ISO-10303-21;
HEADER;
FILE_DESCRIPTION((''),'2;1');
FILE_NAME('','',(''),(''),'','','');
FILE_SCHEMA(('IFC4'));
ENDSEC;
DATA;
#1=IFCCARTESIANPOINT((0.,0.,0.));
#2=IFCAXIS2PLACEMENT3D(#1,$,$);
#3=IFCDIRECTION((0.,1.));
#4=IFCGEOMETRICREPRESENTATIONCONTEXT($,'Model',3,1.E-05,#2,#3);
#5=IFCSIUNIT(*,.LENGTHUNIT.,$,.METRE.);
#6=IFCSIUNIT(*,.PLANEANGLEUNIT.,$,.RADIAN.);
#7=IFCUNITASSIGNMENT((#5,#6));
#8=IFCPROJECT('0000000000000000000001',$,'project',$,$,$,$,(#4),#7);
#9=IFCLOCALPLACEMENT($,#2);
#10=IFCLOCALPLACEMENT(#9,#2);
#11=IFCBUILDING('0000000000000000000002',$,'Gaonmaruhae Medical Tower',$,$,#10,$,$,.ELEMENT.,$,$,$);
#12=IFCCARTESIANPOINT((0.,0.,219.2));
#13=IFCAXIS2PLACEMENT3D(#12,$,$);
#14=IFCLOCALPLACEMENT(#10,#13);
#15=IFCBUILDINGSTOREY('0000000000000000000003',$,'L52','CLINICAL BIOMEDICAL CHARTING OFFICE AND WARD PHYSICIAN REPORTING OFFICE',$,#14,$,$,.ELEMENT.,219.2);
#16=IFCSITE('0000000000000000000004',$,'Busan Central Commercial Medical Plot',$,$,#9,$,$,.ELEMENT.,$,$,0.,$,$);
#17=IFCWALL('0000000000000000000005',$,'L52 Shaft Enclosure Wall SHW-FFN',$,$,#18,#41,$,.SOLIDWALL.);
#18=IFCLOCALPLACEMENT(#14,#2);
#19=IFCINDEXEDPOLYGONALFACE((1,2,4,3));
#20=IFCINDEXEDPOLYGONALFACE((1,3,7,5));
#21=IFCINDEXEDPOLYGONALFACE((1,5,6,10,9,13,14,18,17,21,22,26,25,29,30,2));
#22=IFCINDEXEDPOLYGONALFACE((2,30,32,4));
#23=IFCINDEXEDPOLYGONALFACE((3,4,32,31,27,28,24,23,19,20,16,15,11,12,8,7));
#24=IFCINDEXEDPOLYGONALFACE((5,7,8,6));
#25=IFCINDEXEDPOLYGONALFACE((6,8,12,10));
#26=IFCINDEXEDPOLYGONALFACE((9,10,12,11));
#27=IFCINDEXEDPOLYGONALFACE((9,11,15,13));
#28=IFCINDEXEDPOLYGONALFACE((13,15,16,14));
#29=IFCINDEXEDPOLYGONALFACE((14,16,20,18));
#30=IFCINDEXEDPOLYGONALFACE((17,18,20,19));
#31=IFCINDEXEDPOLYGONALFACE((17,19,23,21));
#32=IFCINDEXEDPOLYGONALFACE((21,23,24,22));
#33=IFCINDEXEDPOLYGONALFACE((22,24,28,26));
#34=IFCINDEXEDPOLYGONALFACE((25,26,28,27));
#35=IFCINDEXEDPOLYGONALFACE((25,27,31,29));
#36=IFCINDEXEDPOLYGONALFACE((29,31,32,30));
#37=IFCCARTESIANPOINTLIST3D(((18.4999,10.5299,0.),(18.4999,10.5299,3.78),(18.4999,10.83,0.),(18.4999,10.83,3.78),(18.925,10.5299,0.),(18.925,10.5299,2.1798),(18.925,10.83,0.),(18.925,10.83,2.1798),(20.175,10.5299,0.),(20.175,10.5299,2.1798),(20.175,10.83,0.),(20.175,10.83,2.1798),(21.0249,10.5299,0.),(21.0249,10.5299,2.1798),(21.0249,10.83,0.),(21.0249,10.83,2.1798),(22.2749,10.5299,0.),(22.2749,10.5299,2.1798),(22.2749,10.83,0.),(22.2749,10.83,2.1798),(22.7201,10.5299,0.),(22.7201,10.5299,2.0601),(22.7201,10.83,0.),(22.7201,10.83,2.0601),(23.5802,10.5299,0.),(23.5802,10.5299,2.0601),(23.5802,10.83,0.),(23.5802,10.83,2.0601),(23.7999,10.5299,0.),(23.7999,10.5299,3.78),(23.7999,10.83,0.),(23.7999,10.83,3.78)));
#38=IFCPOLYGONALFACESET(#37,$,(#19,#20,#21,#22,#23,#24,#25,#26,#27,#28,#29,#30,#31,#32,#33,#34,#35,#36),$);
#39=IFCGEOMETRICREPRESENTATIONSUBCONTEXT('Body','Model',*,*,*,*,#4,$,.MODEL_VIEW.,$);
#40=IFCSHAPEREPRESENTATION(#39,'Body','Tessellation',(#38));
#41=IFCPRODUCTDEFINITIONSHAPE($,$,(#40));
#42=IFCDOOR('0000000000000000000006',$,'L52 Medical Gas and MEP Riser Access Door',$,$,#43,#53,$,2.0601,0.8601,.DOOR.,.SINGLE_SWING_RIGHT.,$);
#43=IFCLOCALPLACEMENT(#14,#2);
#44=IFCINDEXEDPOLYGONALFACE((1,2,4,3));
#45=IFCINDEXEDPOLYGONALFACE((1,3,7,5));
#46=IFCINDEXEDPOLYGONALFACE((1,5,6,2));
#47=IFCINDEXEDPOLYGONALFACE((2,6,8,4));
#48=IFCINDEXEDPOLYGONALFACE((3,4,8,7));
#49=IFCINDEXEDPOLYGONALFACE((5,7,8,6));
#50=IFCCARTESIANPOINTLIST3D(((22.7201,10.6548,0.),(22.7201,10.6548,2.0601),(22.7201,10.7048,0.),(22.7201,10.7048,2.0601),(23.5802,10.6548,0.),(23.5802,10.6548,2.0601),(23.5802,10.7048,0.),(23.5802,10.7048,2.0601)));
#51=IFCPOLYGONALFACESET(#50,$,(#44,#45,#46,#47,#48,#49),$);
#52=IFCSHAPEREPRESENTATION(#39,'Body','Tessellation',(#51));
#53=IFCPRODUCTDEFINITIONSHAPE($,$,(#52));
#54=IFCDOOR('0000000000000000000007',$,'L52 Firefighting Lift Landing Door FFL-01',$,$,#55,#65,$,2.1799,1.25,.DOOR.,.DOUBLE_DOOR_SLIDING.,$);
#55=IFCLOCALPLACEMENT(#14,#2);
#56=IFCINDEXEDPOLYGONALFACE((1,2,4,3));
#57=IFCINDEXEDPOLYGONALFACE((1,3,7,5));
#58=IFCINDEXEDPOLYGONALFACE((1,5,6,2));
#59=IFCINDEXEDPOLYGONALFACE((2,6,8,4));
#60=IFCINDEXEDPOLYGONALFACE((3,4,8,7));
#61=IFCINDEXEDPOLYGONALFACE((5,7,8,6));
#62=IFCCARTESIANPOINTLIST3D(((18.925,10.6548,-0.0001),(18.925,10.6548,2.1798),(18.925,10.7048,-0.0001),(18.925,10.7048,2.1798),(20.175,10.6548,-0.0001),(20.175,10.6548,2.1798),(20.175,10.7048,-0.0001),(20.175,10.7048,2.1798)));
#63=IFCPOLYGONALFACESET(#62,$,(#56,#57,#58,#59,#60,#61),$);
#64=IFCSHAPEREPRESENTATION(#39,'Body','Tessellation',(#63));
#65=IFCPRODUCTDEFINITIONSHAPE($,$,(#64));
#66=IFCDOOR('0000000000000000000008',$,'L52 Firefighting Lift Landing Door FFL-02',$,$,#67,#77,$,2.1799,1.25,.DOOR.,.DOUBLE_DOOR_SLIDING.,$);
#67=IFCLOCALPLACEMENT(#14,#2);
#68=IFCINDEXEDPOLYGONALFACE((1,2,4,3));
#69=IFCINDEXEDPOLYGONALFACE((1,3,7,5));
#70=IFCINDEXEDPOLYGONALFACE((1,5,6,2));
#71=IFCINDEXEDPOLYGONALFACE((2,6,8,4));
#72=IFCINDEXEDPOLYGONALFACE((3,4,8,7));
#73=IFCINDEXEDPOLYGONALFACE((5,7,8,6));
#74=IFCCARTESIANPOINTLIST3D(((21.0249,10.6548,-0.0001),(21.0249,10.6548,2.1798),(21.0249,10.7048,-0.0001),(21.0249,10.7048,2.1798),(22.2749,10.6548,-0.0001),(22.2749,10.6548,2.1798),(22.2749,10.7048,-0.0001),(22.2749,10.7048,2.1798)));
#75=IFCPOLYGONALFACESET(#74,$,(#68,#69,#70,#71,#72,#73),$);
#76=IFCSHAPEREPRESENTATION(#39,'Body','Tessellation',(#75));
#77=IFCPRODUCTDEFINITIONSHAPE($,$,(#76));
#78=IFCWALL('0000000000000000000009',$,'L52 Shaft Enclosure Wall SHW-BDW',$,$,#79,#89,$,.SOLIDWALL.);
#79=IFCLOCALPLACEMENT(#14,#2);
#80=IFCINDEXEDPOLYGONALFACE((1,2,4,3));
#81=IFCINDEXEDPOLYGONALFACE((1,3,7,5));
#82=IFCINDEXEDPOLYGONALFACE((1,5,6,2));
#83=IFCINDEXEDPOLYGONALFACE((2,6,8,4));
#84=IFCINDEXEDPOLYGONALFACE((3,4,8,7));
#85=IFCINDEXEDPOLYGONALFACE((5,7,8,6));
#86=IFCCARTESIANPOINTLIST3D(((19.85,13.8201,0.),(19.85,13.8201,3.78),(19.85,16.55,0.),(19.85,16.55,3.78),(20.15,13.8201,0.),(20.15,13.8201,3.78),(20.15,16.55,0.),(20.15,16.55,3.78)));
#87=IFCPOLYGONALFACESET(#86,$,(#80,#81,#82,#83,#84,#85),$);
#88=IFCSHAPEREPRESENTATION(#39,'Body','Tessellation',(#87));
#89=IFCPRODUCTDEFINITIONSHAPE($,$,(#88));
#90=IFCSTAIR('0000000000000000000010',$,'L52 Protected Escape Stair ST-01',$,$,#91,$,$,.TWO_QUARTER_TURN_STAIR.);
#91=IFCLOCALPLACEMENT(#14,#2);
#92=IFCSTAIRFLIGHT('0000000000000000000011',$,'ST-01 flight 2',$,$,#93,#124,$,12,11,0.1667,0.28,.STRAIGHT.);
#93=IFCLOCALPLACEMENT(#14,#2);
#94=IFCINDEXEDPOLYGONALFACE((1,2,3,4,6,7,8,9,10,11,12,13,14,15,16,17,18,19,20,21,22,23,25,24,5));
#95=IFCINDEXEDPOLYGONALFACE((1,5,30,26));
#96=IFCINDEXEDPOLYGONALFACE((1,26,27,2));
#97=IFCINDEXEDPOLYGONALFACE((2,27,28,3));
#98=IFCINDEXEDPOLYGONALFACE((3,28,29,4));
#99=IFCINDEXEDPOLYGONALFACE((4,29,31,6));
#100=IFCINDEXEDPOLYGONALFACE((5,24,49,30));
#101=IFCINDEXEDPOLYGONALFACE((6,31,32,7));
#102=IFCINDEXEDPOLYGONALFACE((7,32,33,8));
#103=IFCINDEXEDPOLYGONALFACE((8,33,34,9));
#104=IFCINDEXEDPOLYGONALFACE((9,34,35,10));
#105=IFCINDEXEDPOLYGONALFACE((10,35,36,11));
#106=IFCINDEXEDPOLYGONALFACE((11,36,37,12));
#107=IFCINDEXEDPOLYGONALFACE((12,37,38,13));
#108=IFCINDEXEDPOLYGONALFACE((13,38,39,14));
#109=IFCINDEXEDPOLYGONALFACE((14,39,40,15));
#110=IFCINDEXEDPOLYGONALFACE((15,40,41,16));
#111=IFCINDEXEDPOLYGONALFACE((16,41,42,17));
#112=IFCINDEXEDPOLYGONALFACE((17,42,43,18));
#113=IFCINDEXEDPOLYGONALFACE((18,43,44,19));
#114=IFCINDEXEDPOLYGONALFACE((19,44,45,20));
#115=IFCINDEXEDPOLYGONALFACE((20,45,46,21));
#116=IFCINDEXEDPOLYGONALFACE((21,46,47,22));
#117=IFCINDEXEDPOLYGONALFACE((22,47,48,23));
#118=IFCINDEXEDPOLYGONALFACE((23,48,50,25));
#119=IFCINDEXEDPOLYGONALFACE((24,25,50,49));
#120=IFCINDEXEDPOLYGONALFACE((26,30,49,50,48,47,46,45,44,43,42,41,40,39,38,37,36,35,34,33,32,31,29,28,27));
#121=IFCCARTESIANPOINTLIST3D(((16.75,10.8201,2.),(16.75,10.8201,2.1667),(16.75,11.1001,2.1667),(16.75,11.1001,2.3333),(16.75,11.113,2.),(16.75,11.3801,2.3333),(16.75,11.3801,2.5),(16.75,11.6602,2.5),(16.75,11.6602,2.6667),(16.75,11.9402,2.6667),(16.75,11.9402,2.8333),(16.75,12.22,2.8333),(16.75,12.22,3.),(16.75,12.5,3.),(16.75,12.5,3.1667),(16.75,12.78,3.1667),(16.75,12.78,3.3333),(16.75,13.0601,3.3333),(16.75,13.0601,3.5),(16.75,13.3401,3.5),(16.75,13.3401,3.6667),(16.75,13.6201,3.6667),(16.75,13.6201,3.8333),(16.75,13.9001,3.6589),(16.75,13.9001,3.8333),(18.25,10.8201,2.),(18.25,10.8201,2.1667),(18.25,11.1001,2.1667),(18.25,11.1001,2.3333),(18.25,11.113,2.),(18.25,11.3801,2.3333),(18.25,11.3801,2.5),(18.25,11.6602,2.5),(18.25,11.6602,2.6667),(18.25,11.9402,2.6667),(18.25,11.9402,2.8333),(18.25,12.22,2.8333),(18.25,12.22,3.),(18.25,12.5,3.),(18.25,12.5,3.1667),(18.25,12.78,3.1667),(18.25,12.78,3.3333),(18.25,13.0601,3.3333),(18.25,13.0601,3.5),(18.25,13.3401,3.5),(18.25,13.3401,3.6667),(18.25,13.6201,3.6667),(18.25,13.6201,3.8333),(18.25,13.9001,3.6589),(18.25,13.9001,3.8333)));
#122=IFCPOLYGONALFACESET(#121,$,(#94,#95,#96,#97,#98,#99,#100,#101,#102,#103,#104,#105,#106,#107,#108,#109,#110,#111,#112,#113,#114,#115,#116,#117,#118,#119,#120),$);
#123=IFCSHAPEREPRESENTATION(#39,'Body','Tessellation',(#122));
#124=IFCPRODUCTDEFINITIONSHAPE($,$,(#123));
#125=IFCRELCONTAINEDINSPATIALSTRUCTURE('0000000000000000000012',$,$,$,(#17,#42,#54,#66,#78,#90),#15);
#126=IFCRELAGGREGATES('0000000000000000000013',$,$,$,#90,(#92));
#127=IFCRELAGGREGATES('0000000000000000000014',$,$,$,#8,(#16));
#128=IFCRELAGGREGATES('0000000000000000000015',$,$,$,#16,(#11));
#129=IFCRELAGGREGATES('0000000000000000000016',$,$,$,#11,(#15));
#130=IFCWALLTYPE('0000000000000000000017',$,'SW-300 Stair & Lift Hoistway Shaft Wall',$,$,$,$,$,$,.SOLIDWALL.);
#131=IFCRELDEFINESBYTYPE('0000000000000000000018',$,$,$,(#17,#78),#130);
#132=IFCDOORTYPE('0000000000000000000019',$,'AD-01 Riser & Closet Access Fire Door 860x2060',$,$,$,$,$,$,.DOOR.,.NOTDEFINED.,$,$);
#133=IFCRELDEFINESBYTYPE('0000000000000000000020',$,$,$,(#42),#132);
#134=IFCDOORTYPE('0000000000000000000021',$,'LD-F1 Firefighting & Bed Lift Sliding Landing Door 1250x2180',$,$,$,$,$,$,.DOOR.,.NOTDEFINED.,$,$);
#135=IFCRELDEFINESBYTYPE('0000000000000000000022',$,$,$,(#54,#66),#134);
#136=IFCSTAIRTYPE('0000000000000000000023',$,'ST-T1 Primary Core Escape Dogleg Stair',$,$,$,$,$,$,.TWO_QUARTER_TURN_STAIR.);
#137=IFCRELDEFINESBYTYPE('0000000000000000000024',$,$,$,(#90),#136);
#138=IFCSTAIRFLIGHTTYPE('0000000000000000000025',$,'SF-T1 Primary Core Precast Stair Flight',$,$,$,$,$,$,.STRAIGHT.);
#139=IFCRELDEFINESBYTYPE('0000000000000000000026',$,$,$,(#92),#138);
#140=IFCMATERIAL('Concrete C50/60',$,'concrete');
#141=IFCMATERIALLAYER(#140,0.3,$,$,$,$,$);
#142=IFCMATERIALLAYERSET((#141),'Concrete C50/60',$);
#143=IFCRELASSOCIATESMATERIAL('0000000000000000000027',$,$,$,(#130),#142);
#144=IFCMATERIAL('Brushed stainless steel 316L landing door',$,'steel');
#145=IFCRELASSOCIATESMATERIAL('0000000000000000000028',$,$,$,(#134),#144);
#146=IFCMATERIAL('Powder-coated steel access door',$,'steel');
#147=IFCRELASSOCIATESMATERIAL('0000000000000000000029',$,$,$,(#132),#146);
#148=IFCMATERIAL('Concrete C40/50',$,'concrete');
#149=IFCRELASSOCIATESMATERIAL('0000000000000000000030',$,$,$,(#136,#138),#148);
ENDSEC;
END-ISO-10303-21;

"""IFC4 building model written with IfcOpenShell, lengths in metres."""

from ifc_helpers import new_model, si_unit, direction, frame, frame_2d, origin, place, context, subcontext, project, spatial, polyline, rectangle, outline, extrude, material, layer, layer_set, type_object, element, fill, aggregate, save


model = new_model("IFC4")

# Units and contexts
model_context = context("Model", 3, precision=1e-05, world=origin(), true_north=direction((0.0, 1.0)))
body_context = subcontext(model_context, "Body", "Model", "MODEL_VIEW")
ifc_project = project(units=[si_unit("LENGTHUNIT", "METRE"), si_unit("PLANEANGLEUNIT", "RADIAN")], contexts=[model_context])

# Site, building, storey
site_placement = place(None, origin())
site = spatial("IfcSite", under=ifc_project, at=site_placement, Name="Busan Central Commercial Medical Plot", CompositionType="ELEMENT", RefElevation=0.0)
building_placement = place(site_placement, origin())
building = spatial("IfcBuilding", under=site, at=building_placement, Name="Gaonmaruhae Medical Tower", CompositionType="ELEMENT")
storey_placement = place(building_placement, frame((0.0, 0.0, 219.2)))
storey = spatial("IfcBuildingStorey", under=building, at=storey_placement, Name="L52", Description="CLINICAL BIOMEDICAL CHARTING OFFICE AND WARD PHYSICIAN REPORTING OFFICE", CompositionType="ELEMENT", Elevation=219.2)

# Shared definitions
ifc_material_1 = material(Name="Concrete C50/60", Category="concrete")

# Wall, openings, doors
ifc_layer_1 = layer(ifc_material_1, 0.3)
ifc_layer_set_1 = layer_set([ifc_layer_1], Name="Concrete C50/60")
wall_type_1 = type_object("IfcWallType", Name="SW-300 Stair & Lift Hoistway Shaft Wall", PredefinedType="SOLIDWALL", material=ifc_layer_set_1)
ifc_material_2 = material(Name="Brushed stainless steel 316L landing door", Category="steel")
door_type_1 = type_object("IfcDoorType", Name="LD-F1 Firefighting & Bed Lift Sliding Landing Door 1250x2180", OperationType="NOTDEFINED", PredefinedType="DOOR", material=ifc_material_2)
wall_1_placement = place(storey_placement, frame((18.5, 10.6799, 0.0), z_axis=(0.0, 0.0, 1.0), x_axis=(1.0, 0.0, 0.0)))
wall_1 = element("IfcWall", 1, at=wall_1_placement, inside=storey, type_object=wall_type_1, Name="L52 Shaft Enclosure Wall SHW-FFN", PredefinedType="SOLIDWALL", context=body_context, shape_type="SweptSolid", body=[
    extrude(rectangle(XDim=5.3, YDim=0.3, at=frame_2d((2.6499, 0.0))), origin(), (0.0, 0.0, 1.0), 3.78),
])
opening_1_placement = place(wall_1_placement, frame((4.22, 0.0, 0.0)))
opening_1 = element("IfcOpeningElement", 2, at=opening_1_placement, cuts=wall_1, PredefinedType="OPENING", context=body_context, shape_type="SweptSolid", body=[
    extrude(rectangle(XDim=0.8601, YDim=2.0601, at=frame_2d((0.4302, 1.03))), frame((0.0, 0.1602, 0.0), z_axis=(0.0, -1.0, 0.0), x_axis=(1.0, 0.0, 0.0)), (0.0, 0.0, 1.0), 0.3201),
])
opening_2_placement = place(wall_1_placement, frame((0.425, 0.0, 0.0)))
opening_2 = element("IfcOpeningElement", 3, at=opening_2_placement, cuts=wall_1, PredefinedType="OPENING", context=body_context, shape_type="SweptSolid", body=[
    extrude(rectangle(XDim=1.25, YDim=2.1799, at=frame_2d((0.625, 1.0898))), frame((0.0, 0.1602, 0.0), z_axis=(0.0, -1.0, 0.0), x_axis=(1.0, 0.0, 0.0)), (0.0, 0.0, 1.0), 0.3201),
])
opening_3_placement = place(wall_1_placement, frame((2.5249, 0.0, 0.0)))
opening_3 = element("IfcOpeningElement", 4, at=opening_3_placement, cuts=wall_1, PredefinedType="OPENING", context=body_context, shape_type="SweptSolid", body=[
    extrude(rectangle(XDim=1.25, YDim=2.1799, at=frame_2d((0.625, 1.0898))), frame((0.0, 0.1602, 0.0), z_axis=(0.0, -1.0, 0.0), x_axis=(1.0, 0.0, 0.0)), (0.0, 0.0, 1.0), 0.3201),
])
ifc_material_3 = material(Name="Powder-coated steel access door", Category="steel")
door_type_2 = type_object("IfcDoorType", Name="AD-01 Riser & Closet Access Fire Door 860x2060", OperationType="NOTDEFINED", PredefinedType="DOOR", material=ifc_material_3)
door_1_placement = place(opening_1_placement, origin())
door_1 = element("IfcDoor", 5, at=door_1_placement, inside=storey, type_object=door_type_2, Name="L52 Medical Gas and MEP Riser Access Door", OperationType="SINGLE_SWING_RIGHT", OverallHeight=2.0601, OverallWidth=0.8601, PredefinedType="DOOR", context=body_context, shape_type="SweptSolid", body=[
    extrude(rectangle(XDim=0.8601, YDim=2.0601, at=frame_2d((0.4302, 1.03))), frame((0.0, 0.0249, 0.0), z_axis=(0.0, -1.0, 0.0), x_axis=(1.0, 0.0, 0.0)), (0.0, 0.0, 1.0), 0.05),
])
fill(opening_1, door_1)
door_2_placement = place(opening_2_placement, origin())
door_2 = element("IfcDoor", 6, at=door_2_placement, inside=storey, type_object=door_type_1, Name="L52 Firefighting Lift Landing Door FFL-01", OperationType="DOUBLE_DOOR_SLIDING", OverallHeight=2.1799, OverallWidth=1.25, PredefinedType="DOOR", context=body_context, shape_type="SweptSolid", body=[
    extrude(rectangle(XDim=1.25, YDim=2.1799, at=frame_2d((0.625, 1.0898))), frame((0.0, 0.0249, 0.0), z_axis=(0.0, -1.0, 0.0), x_axis=(1.0, 0.0, 0.0)), (0.0, 0.0, 1.0), 0.05),
])
fill(opening_2, door_2)
door_3_placement = place(opening_3_placement, origin())
door_3 = element("IfcDoor", 7, at=door_3_placement, inside=storey, type_object=door_type_1, Name="L52 Firefighting Lift Landing Door FFL-02", OperationType="DOUBLE_DOOR_SLIDING", OverallHeight=2.1799, OverallWidth=1.25, PredefinedType="DOOR", context=body_context, shape_type="SweptSolid", body=[
    extrude(rectangle(XDim=1.25, YDim=2.1799, at=frame_2d((0.625, 1.0898))), frame((0.0, 0.0249, 0.0), z_axis=(0.0, -1.0, 0.0), x_axis=(1.0, 0.0, 0.0)), (0.0, 0.0, 1.0), 0.05),
])
fill(opening_3, door_3)

# Wall
wall_2_placement = place(storey_placement, frame((20.0, 13.8201, 0.0), z_axis=(0.0, 0.0, 1.0), x_axis=(0.0, 1.0, 0.0)))
element("IfcWall", 8, at=wall_2_placement, inside=storey, type_object=wall_type_1, Name="L52 Shaft Enclosure Wall SHW-BDW", PredefinedType="SOLIDWALL", context=body_context, shape_type="SweptSolid", body=[
    extrude(rectangle(XDim=2.73, YDim=0.3, at=frame_2d((1.365, 0.0))), origin(), (0.0, 0.0, 1.0), 3.78),
])

# Stair, stair flight
ifc_material_4 = material(Name="Concrete C40/50", Category="concrete")
stair_type = type_object("IfcStairType", Name="ST-T1 Primary Core Escape Dogleg Stair", PredefinedType="TWO_QUARTER_TURN_STAIR", material=ifc_material_4)
stair_placement = place(storey_placement, origin())
stair = element("IfcStair", 9, at=stair_placement, inside=storey, type_object=stair_type, Name="L52 Protected Escape Stair ST-01", PredefinedType="TWO_QUARTER_TURN_STAIR")
stair_flight_type = type_object("IfcStairFlightType", Name="SF-T1 Primary Core Precast Stair Flight", PredefinedType="STRAIGHT", material=ifc_material_4)
stair_flight_placement = place(storey_placement, frame((17.5, 10.8201, 2.0), z_axis=(0.0, 0.0, 1.0), x_axis=(0.0, 1.0, 0.0)))
stair_flight = element("IfcStairFlight", 10, at=stair_flight_placement, type_object=stair_flight_type, Name="ST-01 flight 2", NumberOfRisers=12, NumberOfTreads=11, PredefinedType="STRAIGHT", RiserHeight=0.1667, TreadLength=0.28, context=body_context, shape_type="SweptSolid", body=[
    extrude(outline(polyline([(0.0, 0.0), (0.0, 0.1667), (0.28, 0.1667), (0.28, 0.3333), (0.5601, 0.3333), (0.5601, 0.5), (0.8401, 0.5), (0.8401, 0.6667), (1.1201, 0.6667), (1.1201, 0.8333), (1.3999, 0.8333), (1.3999, 1.0), (1.6799, 1.0), (1.6799, 1.1667), (1.96, 1.1667), (1.96, 1.3333), (2.24, 1.3333), (2.24, 1.5), (2.52, 1.5), (2.52, 1.6667), (2.8, 1.6667), (2.8, 1.8333), (3.0801, 1.8333), (3.0801, 2.0), (3.0801, 1.6589), (0.293, 0.0), (0.0, 0.0)])), frame((0.0, 0.75, 0.0), z_axis=(0.0, -1.0, 0.0), x_axis=(1.0, 0.0, 0.0)), (0.0, 0.0, 1.0), 1.5),
])
aggregate(stair, [stair_flight])

save(model, "model.ifc")
